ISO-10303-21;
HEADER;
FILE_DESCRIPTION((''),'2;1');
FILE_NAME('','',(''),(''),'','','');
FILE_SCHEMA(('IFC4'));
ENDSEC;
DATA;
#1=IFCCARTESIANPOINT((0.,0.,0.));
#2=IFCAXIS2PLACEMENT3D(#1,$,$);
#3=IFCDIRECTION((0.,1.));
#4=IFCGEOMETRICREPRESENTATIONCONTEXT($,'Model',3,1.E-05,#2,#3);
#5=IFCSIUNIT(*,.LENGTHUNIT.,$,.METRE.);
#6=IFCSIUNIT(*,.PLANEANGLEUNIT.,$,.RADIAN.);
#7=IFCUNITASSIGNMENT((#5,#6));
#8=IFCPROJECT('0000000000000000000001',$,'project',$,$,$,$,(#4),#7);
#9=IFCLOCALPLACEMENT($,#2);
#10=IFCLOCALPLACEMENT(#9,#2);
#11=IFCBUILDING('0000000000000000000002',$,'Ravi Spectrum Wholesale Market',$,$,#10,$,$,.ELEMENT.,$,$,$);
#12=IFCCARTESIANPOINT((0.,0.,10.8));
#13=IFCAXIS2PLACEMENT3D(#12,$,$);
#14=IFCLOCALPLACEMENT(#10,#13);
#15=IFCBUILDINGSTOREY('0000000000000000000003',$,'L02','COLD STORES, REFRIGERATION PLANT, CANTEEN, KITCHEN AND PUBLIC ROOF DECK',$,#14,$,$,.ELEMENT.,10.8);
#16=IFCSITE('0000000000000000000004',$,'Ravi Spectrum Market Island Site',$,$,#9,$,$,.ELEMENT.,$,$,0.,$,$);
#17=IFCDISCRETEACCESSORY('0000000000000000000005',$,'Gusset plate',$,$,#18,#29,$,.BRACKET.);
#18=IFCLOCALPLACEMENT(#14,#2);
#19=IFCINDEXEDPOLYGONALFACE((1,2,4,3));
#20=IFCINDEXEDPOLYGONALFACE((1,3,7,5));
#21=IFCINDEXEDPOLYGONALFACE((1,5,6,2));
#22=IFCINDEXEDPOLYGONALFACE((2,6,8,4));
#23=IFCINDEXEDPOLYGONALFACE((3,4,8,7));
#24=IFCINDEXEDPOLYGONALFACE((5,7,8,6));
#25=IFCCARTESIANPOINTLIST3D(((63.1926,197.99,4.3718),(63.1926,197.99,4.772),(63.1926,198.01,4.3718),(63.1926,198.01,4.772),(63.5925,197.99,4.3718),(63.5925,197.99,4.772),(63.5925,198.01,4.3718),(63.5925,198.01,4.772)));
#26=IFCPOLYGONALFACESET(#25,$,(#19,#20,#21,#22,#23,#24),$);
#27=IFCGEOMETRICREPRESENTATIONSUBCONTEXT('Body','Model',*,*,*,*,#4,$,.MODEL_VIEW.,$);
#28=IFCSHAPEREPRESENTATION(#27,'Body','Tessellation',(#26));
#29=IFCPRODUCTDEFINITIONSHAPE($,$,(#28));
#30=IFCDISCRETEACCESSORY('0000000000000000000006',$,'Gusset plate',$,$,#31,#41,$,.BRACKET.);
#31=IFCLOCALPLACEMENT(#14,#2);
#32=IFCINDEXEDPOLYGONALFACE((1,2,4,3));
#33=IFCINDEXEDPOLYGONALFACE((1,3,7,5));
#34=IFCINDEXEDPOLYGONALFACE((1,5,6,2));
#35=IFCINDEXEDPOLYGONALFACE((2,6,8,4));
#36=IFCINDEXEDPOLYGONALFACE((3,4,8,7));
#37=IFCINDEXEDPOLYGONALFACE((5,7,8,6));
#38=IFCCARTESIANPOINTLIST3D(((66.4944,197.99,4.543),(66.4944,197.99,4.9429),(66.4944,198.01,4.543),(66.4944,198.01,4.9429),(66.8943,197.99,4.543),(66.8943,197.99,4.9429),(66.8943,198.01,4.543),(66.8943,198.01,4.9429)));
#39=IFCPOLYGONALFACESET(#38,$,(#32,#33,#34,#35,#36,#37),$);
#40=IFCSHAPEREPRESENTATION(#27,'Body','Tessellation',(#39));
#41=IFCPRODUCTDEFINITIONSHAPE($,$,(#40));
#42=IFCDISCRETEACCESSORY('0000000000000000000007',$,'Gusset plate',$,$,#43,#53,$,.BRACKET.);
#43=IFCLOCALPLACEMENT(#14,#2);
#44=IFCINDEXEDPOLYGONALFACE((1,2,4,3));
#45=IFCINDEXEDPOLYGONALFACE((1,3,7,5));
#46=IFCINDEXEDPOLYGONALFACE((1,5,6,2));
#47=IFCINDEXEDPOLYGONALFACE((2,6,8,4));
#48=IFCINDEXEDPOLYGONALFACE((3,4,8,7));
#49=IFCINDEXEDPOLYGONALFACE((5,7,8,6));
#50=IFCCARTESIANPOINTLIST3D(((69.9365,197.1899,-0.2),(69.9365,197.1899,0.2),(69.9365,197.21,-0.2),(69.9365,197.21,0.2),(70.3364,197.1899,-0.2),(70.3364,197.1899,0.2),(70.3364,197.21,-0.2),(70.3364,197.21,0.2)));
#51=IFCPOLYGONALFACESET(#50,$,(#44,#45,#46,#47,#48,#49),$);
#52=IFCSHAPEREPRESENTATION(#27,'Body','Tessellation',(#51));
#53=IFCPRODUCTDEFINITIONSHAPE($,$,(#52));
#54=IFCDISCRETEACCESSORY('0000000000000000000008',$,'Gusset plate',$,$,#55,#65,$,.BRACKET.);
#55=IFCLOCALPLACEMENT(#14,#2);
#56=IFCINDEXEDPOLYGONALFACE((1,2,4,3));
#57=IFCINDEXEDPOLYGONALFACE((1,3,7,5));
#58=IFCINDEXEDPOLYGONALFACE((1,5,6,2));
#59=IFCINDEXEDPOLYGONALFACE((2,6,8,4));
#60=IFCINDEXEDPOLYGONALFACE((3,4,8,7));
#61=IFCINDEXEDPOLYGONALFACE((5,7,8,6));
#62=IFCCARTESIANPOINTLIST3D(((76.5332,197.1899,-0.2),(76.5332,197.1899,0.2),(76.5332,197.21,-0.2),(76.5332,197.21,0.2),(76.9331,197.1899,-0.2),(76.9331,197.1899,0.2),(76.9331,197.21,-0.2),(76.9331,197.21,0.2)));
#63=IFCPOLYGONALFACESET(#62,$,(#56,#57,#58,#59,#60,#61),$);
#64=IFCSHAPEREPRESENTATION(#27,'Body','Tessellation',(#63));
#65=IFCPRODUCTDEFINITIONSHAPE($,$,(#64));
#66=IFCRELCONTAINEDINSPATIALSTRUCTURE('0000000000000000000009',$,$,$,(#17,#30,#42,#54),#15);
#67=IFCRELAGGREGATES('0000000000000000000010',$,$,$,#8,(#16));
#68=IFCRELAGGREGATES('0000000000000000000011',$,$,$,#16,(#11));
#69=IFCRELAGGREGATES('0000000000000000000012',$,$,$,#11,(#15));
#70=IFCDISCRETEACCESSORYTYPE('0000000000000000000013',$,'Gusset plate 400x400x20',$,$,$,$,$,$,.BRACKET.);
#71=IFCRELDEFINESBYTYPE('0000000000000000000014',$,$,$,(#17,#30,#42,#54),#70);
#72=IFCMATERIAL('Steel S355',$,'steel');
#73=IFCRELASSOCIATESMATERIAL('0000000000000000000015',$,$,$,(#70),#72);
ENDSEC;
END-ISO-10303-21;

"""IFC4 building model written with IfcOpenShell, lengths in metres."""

from ifc_helpers import new_model, si_unit, direction, frame, origin, origin_2d, place, context, subcontext, project, spatial, rectangle, extrude, material, material_profile, profile_set, type_object, element, save


model = new_model("IFC4")

# Units and contexts
model_context = context("Model", 3, precision=1e-05, world=origin(), true_north=direction((0.0, 1.0)))
body_context = subcontext(model_context, "Body", "Model", "MODEL_VIEW")
ifc_project = project(units=[si_unit("LENGTHUNIT", "METRE"), si_unit("PLANEANGLEUNIT", "RADIAN")], contexts=[model_context])

# Site, building, storey
site_placement = place(None, origin())
site = spatial("IfcSite", under=ifc_project, at=site_placement, Name="Ravi Spectrum Market Island Site", CompositionType="ELEMENT", RefElevation=0.0)
building_placement = place(site_placement, origin())
building = spatial("IfcBuilding", under=site, at=building_placement, Name="Ravi Spectrum Wholesale Market", CompositionType="ELEMENT")
storey_placement = place(building_placement, frame((0.0, 0.0, 10.8)))
storey = spatial("IfcBuildingStorey", under=building, at=storey_placement, Name="L02", Description="COLD STORES, REFRIGERATION PLANT, CANTEEN, KITCHEN AND PUBLIC ROOF DECK", CompositionType="ELEMENT", Elevation=10.8)

# Discrete accessories
ifc_material_1 = material(Name="Steel S355", Category="steel")
ifc_material_profile_1 = material_profile(ifc_material_1, rectangle(XDim=0.3999, YDim=0.02, at=origin_2d()))
ifc_profile_set_1 = profile_set([ifc_material_profile_1], Name="Steel S355")
discrete_accessory_type_1 = type_object("IfcDiscreteAccessoryType", Name="Gusset plate 400x400x20", PredefinedType="BRACKET", material=ifc_profile_set_1)
discrete_accessory_1_placement = place(storey_placement, frame((63.3926, 198.0, 4.3718), z_axis=(0.0, 0.0, 1.0), x_axis=(1.0, 0.0, 0.0)))
element("IfcDiscreteAccessory", 1, at=discrete_accessory_1_placement, inside=storey, type_object=discrete_accessory_type_1, Name="Gusset plate", PredefinedType="BRACKET", context=body_context, shape_type="SweptSolid", body=[
    extrude(rectangle(XDim=0.3999, YDim=0.02, at=origin_2d()), origin(), (0.0, 0.0, 1.0), 0.4001),
])
for number, where, z_axis, x_axis, name in (
    (2, (66.6943, 198.0, 4.543), (0.0, 0.0, 1.0), (1.0, 0.0, 0.0), "Gusset plate"),
    (3, (70.1365, 197.2, -0.2), (0.0, 0.0, 1.0), (1.0, 0.0, 0.0), "Gusset plate"),
    (4, (76.7332, 197.2, -0.2), (0.0, 0.0, 1.0), (1.0, 0.0, 0.0), "Gusset plate"),
):
    element("IfcDiscreteAccessory", number, at=place(storey_placement, frame(where, z_axis=z_axis, x_axis=x_axis)), inside=storey, type_object=discrete_accessory_type_1, Name=name, PredefinedType="BRACKET", context=body_context, shape_type="SweptSolid", body=[
        extrude(rectangle(XDim=0.3999, YDim=0.02, at=origin_2d()), origin(), (0.0, 0.0, 1.0), 0.3999),
    ])

save(model, "model.ifc")
